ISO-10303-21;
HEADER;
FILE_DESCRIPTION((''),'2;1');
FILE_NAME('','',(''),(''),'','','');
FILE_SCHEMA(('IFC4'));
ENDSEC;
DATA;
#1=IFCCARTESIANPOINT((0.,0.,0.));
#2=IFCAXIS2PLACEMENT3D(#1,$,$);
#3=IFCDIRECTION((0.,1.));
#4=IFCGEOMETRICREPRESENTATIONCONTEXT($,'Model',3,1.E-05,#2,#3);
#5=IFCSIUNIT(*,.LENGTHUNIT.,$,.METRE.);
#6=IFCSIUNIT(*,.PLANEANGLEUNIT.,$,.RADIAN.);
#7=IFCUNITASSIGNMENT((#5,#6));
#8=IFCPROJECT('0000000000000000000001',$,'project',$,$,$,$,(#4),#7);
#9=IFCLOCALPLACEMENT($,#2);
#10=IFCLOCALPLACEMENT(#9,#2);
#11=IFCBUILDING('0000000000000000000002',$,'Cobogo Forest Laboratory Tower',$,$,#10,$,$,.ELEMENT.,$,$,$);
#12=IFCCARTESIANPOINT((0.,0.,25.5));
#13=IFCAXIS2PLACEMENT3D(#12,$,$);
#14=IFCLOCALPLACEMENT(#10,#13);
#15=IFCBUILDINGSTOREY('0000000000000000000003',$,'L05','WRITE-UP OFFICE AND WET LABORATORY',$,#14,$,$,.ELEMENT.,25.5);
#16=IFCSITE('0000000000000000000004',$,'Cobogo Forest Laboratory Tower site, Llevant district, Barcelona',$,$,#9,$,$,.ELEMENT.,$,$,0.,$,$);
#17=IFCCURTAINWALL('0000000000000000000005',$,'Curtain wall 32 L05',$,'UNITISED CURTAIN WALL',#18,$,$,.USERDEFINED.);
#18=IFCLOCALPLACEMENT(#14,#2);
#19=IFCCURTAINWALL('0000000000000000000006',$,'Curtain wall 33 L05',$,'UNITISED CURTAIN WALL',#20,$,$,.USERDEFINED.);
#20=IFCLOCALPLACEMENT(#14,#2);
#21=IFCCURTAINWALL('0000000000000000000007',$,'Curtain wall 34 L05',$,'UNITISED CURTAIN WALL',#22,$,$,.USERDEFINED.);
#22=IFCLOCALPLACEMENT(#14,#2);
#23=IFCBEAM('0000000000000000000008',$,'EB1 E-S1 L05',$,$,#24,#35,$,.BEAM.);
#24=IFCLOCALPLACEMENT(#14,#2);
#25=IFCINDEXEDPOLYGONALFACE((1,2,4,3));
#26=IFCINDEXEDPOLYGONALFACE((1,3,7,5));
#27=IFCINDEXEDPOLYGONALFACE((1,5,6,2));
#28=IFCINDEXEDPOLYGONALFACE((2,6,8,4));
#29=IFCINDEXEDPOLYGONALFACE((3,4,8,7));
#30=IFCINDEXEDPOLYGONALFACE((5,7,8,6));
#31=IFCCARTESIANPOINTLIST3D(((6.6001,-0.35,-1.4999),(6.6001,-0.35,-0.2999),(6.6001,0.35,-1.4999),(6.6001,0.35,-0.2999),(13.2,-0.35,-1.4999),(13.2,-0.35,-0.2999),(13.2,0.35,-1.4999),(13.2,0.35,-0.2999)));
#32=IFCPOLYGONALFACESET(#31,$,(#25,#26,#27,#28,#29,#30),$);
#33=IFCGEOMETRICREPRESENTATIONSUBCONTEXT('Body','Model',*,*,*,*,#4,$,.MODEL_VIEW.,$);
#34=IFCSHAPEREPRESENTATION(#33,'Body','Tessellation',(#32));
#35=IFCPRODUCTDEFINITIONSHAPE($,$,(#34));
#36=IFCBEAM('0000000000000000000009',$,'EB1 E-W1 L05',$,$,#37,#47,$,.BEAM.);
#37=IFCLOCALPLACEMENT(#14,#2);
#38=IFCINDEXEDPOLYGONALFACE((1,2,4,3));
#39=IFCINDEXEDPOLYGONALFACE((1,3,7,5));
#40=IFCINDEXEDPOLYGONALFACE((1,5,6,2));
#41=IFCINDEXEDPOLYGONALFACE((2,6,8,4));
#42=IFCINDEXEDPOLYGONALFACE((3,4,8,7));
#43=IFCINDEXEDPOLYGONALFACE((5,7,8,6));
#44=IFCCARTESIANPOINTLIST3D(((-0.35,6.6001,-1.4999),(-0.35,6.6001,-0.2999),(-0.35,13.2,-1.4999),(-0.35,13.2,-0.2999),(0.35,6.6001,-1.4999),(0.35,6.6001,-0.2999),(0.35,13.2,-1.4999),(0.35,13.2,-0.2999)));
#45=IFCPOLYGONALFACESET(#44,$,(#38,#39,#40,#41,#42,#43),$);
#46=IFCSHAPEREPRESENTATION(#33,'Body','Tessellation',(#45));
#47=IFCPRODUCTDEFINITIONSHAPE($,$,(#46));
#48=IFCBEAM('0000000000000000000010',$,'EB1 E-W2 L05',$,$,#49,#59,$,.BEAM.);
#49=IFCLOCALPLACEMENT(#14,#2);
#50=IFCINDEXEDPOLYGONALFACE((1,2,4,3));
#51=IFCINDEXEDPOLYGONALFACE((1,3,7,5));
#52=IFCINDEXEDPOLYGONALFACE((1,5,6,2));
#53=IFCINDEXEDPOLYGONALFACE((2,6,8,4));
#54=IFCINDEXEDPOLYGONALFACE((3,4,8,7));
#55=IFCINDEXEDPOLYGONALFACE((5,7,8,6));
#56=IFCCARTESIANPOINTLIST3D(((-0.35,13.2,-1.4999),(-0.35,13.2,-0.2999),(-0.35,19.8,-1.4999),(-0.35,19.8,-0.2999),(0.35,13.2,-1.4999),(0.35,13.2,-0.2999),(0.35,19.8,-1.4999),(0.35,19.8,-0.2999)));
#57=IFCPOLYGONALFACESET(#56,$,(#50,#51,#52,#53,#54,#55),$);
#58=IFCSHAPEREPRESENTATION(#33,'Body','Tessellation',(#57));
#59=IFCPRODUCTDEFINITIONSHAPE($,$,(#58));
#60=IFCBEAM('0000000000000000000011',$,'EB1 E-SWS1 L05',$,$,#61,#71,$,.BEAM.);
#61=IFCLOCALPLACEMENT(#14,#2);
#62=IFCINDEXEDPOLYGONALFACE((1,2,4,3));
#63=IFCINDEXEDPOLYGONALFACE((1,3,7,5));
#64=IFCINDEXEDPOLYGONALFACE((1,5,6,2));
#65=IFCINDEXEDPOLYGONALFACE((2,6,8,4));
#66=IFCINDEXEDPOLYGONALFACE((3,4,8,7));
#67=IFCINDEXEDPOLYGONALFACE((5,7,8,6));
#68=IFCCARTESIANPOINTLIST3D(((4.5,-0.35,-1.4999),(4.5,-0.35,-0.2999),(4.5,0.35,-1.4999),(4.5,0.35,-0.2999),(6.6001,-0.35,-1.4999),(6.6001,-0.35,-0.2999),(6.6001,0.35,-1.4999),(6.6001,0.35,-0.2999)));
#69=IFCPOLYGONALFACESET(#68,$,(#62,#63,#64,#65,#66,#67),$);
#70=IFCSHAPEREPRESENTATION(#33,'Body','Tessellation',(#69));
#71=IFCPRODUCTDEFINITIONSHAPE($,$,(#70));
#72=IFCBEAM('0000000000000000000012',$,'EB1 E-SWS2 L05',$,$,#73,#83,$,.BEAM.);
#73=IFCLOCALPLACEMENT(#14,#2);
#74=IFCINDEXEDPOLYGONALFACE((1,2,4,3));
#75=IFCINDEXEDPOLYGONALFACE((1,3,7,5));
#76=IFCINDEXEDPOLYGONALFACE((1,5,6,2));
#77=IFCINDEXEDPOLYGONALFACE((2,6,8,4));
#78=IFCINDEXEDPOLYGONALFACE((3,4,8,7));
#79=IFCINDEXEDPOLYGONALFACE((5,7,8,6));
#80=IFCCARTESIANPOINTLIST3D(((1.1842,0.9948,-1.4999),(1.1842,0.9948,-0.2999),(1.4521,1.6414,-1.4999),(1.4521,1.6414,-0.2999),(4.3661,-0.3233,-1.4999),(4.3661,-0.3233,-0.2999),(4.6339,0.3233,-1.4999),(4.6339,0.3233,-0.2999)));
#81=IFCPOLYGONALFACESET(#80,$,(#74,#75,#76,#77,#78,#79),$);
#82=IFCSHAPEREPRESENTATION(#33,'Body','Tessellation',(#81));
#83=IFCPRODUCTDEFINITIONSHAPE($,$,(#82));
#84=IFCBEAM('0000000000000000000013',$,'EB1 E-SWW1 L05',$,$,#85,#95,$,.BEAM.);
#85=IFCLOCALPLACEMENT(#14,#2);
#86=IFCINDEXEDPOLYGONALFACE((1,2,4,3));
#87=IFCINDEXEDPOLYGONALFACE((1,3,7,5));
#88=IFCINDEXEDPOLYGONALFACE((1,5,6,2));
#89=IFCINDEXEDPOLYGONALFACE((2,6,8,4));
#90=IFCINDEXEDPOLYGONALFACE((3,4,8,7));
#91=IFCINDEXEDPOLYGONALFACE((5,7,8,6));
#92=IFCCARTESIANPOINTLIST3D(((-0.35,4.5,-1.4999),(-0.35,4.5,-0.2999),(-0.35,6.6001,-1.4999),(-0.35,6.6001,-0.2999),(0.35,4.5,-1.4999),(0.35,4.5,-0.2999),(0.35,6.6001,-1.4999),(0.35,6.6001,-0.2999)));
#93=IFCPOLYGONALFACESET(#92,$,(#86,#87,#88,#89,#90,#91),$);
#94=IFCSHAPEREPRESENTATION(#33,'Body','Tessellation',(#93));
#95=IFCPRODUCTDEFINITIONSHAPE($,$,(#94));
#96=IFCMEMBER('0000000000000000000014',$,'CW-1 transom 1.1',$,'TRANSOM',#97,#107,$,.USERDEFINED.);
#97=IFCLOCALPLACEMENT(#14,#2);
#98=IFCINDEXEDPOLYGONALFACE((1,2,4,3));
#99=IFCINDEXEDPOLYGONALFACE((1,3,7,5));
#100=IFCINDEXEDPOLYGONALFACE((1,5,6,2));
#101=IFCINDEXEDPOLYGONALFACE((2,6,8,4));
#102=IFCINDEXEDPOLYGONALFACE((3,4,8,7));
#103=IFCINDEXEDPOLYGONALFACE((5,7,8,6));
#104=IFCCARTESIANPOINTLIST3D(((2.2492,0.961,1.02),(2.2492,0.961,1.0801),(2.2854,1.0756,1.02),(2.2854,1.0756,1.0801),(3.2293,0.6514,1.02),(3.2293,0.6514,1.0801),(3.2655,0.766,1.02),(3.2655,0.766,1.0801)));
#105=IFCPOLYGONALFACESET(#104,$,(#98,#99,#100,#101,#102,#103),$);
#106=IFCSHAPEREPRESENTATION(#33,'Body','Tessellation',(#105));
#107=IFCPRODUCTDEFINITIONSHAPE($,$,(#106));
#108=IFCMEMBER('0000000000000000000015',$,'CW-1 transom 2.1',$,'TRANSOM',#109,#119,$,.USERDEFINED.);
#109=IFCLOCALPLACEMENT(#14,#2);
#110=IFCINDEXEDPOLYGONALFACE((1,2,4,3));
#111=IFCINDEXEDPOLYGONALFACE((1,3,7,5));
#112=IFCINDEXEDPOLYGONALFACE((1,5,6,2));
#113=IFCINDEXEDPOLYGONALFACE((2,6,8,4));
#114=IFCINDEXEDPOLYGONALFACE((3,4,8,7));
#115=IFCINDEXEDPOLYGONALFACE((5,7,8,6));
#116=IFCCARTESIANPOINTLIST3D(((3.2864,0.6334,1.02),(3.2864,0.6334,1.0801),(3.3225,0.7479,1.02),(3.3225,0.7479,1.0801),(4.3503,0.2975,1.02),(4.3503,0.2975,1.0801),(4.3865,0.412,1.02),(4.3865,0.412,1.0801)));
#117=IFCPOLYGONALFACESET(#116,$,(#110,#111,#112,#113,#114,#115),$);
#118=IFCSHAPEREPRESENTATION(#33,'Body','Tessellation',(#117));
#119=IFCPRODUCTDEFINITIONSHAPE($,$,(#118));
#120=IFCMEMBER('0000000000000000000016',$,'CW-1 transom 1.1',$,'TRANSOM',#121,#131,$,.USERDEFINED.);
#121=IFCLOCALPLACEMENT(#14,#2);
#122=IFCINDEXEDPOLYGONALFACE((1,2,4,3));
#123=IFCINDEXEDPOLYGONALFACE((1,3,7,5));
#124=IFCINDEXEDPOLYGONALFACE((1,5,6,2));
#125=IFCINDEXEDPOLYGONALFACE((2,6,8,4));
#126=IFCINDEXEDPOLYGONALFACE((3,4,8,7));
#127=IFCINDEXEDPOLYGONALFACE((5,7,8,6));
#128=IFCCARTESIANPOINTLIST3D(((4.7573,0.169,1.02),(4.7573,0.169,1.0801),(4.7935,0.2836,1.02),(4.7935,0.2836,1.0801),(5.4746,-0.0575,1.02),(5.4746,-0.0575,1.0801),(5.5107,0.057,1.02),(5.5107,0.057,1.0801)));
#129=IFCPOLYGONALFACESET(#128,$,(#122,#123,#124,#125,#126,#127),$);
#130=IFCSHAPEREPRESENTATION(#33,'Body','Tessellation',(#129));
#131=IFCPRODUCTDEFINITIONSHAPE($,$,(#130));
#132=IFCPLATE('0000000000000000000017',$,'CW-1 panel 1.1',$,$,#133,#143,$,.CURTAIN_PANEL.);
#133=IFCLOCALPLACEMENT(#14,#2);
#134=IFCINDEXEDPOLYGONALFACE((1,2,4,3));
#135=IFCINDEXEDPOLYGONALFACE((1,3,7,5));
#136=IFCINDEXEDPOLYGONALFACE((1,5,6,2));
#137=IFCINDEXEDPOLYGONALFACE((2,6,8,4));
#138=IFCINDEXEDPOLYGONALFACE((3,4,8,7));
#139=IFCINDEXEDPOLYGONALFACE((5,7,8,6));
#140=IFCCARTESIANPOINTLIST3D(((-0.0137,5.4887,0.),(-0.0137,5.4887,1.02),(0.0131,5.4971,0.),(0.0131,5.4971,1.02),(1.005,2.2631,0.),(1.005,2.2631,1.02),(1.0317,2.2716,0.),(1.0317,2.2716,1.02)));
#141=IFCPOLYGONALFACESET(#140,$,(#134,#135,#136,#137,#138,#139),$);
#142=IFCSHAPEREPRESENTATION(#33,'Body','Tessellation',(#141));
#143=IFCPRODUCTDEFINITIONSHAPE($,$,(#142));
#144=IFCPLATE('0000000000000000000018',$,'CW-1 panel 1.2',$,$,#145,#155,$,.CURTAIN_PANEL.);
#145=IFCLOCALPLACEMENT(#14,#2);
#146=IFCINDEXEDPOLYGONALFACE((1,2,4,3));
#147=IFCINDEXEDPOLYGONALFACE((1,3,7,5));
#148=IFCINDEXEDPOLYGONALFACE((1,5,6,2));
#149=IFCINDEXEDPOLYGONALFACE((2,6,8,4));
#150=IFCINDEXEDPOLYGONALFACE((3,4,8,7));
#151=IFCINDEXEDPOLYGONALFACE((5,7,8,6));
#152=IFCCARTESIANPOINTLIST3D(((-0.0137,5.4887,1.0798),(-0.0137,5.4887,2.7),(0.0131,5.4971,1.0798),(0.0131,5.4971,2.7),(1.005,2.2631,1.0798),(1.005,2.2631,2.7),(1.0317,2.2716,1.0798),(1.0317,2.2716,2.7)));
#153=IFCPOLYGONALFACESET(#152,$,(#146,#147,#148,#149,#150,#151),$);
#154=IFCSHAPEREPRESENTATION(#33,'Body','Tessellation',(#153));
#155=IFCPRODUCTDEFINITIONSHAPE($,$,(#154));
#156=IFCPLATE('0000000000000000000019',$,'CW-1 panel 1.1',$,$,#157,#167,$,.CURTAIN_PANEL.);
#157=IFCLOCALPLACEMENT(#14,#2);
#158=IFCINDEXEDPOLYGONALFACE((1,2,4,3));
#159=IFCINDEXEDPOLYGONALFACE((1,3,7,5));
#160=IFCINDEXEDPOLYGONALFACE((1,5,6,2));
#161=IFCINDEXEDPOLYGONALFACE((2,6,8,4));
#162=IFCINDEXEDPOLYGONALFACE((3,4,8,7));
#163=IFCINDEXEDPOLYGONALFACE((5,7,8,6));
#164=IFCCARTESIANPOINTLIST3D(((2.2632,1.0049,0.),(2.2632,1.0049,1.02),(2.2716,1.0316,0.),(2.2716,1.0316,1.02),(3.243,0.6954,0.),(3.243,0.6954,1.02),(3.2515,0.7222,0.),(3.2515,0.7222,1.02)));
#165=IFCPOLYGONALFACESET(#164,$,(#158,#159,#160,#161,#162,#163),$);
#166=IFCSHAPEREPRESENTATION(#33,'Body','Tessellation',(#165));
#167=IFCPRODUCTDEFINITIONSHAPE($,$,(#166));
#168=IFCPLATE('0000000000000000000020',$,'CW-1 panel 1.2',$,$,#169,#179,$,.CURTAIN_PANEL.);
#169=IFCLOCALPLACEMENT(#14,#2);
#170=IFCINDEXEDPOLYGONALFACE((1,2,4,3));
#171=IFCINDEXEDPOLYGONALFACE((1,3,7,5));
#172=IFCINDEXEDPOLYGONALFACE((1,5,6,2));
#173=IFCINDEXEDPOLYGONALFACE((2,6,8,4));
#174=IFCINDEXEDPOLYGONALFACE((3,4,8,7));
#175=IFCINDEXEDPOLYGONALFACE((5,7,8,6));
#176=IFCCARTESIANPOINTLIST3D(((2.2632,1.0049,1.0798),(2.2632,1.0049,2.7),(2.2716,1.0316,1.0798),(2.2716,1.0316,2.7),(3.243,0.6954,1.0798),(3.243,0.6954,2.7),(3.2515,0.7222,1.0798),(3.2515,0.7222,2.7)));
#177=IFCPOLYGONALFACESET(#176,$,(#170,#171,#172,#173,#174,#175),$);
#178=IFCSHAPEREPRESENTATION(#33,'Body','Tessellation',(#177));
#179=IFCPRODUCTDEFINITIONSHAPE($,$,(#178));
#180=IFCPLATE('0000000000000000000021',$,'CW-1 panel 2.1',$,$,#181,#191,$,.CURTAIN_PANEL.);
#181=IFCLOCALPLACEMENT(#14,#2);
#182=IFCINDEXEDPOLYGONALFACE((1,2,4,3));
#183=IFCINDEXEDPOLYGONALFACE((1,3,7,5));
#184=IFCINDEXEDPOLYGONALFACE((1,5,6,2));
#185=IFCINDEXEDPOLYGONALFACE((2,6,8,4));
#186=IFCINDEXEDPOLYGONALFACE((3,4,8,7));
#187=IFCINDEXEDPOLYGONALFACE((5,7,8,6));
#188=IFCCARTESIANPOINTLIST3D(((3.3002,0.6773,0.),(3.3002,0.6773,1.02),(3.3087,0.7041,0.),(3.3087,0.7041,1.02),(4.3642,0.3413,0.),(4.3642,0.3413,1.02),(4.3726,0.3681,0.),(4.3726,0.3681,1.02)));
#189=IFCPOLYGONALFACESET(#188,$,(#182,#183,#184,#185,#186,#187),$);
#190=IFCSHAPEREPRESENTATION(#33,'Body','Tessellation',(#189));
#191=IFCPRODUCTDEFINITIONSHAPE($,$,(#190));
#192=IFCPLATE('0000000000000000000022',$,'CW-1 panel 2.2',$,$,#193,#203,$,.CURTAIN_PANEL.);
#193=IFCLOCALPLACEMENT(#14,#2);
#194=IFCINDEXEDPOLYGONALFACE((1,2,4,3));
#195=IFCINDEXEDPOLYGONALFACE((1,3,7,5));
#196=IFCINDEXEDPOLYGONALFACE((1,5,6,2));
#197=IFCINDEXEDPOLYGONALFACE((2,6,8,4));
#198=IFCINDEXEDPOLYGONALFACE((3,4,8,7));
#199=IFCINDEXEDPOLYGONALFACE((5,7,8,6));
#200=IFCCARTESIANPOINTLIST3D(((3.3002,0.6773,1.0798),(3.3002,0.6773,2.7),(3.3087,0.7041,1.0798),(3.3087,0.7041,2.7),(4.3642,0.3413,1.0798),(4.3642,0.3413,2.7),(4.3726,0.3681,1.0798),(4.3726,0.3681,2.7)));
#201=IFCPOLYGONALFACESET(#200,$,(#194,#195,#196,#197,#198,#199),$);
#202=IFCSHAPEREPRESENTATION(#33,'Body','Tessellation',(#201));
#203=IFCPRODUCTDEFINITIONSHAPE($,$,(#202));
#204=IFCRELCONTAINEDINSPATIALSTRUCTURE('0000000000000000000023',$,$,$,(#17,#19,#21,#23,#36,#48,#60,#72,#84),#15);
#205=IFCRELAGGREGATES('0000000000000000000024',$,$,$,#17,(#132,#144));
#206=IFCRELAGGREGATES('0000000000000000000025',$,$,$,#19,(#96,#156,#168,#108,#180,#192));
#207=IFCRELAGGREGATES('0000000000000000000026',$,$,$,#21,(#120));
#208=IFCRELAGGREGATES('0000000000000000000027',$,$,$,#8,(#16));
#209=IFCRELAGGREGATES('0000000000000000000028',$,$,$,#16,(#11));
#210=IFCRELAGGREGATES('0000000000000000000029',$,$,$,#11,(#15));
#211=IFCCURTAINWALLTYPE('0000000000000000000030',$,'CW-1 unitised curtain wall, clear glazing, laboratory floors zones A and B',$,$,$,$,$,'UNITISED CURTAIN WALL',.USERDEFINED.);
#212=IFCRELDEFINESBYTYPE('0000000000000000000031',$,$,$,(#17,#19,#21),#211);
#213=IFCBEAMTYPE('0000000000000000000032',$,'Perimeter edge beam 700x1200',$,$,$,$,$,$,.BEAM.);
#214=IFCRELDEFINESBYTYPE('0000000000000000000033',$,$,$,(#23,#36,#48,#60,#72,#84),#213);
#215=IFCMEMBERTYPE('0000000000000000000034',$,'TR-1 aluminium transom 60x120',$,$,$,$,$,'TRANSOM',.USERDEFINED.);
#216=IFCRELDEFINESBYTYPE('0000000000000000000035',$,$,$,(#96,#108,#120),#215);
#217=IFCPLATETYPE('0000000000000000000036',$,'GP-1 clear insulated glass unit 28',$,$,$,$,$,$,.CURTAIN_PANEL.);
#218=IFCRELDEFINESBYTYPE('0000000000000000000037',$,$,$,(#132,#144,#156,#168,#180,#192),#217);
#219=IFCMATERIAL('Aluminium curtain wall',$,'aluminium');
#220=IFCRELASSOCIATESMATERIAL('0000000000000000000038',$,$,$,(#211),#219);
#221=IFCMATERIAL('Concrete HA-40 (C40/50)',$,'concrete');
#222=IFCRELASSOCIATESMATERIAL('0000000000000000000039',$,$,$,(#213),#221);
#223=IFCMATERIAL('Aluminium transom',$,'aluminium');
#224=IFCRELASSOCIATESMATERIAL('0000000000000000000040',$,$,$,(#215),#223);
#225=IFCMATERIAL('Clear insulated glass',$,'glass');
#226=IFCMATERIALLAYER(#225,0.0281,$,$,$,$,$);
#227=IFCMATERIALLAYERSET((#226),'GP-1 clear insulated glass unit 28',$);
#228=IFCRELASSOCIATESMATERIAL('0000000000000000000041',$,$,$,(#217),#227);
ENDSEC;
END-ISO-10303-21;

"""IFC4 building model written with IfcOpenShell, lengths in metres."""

from ifc_helpers import new_model, si_unit, direction, frame, origin, origin_2d, place, context, subcontext, project, spatial, rectangle, extrude, material, layer, layer_set, material_profile, profile_set, type_object, element, aggregate, save


model = new_model("IFC4")

# Units and contexts
model_context = context("Model", 3, precision=1e-05, world=origin(), true_north=direction((0.0, 1.0)))
body_context = subcontext(model_context, "Body", "Model", "MODEL_VIEW")
ifc_project = project(units=[si_unit("LENGTHUNIT", "METRE"), si_unit("PLANEANGLEUNIT", "RADIAN")], contexts=[model_context])

# Site, building, storey
site_placement = place(None, origin())
site = spatial("IfcSite", under=ifc_project, at=site_placement, Name="Cobogo Forest Laboratory Tower site, Llevant district, Barcelona", CompositionType="ELEMENT", RefElevation=0.0)
building_placement = place(site_placement, origin())
building = spatial("IfcBuilding", under=site, at=building_placement, Name="Cobogo Forest Laboratory Tower", CompositionType="ELEMENT")
storey_placement = place(building_placement, frame((0.0, 0.0, 25.5)))
storey = spatial("IfcBuildingStorey", under=building, at=storey_placement, Name="L05", Description="WRITE-UP OFFICE AND WET LABORATORY", CompositionType="ELEMENT", Elevation=25.5)

# Shared definitions
ifc_material_1 = material(Name="Concrete HA-40 (C40/50)", Category="concrete")

# Curtain wall
ifc_material_2 = material(Name="Aluminium curtain wall", Category="aluminium")
curtain_wall_type = type_object("IfcCurtainWallType", Name="CW-1 unitised curtain wall, clear glazing, laboratory floors zones A and B", ElementType="UNITISED CURTAIN WALL", PredefinedType="USERDEFINED", material=ifc_material_2)
curtain_wall_1_placement = place(storey_placement, origin())
curtain_wall_1 = element("IfcCurtainWall", 1, at=curtain_wall_1_placement, inside=storey, type_object=curtain_wall_type, Name="Curtain wall 32 L05", ObjectType="UNITISED CURTAIN WALL", PredefinedType="USERDEFINED")

# Curtain walls
curtain_wall_2_placement = place(storey_placement, origin())
curtain_wall_2 = element("IfcCurtainWall", 2, at=curtain_wall_2_placement, inside=storey, type_object=curtain_wall_type, Name="Curtain wall 33 L05", ObjectType="UNITISED CURTAIN WALL", PredefinedType="USERDEFINED")
curtain_wall_3_placement = place(storey_placement, origin())
curtain_wall_3 = element("IfcCurtainWall", 3, at=curtain_wall_3_placement, inside=storey, type_object=curtain_wall_type, Name="Curtain wall 34 L05", ObjectType="UNITISED CURTAIN WALL", PredefinedType="USERDEFINED")

# Beams
ifc_material_profile_1 = material_profile(ifc_material_1, rectangle(XDim=0.7, YDim=1.2, at=origin_2d()), Name="RC 700x1200")
ifc_profile_set_1 = profile_set([ifc_material_profile_1], Name="Concrete HA-40 (C40/50)")
beam_type_1 = type_object("IfcBeamType", Name="Perimeter edge beam 700x1200", PredefinedType="BEAM", material=ifc_profile_set_1)
for number, where, z_axis, x_axis, name in (
    (4, (6.6001, 0.0, -0.8999), (1.0, 0.0, 0.0), (0.0, 1.0, 0.0), "EB1 E-S1 L05"),
    (5, (0.0, 6.6001, -0.8999), (0.0, 1.0, 0.0), (-1.0, 0.0, 0.0), "EB1 E-W1 L05"),
):
    element("IfcBeam", number, at=place(storey_placement, frame(where, z_axis=z_axis, x_axis=x_axis)), inside=storey, type_object=beam_type_1, Name=name, PredefinedType="BEAM", context=body_context, shape_type="SweptSolid", body=[
        extrude(rectangle(XDim=0.7, YDim=1.2, at=origin_2d()), origin(), (0.0, 0.0, 1.0), 6.5999),
    ])
beam_1_placement = place(storey_placement, frame((0.0, 13.2, -0.8999), z_axis=(0.0, 1.0, 0.0), x_axis=(-1.0, 0.0, 0.0)))
element("IfcBeam", 6, at=beam_1_placement, inside=storey, type_object=beam_type_1, Name="EB1 E-W2 L05", PredefinedType="BEAM", context=body_context, shape_type="SweptSolid", body=[
    extrude(rectangle(XDim=0.7, YDim=1.2, at=origin_2d()), origin(), (0.0, 0.0, 1.0), 6.6001),
])
beam_2_placement = place(storey_placement, frame((6.6001, 0.0, -0.8999), z_axis=(-1.0, 0.0, 0.0), x_axis=(0.0, -1.0, 0.0)))
element("IfcBeam", 7, at=beam_2_placement, inside=storey, type_object=beam_type_1, Name="EB1 E-SWS1 L05", PredefinedType="BEAM", context=body_context, shape_type="SweptSolid", body=[
    extrude(rectangle(XDim=0.7, YDim=1.2, at=origin_2d()), origin(), (0.0, 0.0, 1.0), 2.1001),
])
beam_3_placement = place(storey_placement, frame((4.5, 0.0, -0.8999), z_axis=(-0.923866, 0.382717, 0.0), x_axis=(-0.382717, -0.923866, 0.0)))
element("IfcBeam", 8, at=beam_3_placement, inside=storey, type_object=beam_type_1, Name="EB1 E-SWS2 L05", PredefinedType="BEAM", context=body_context, shape_type="SweptSolid", body=[
    extrude(rectangle(XDim=0.7, YDim=1.2, at=origin_2d()), origin(), (0.0, 0.0, 1.0), 3.4441),
])
beam_4_placement = place(storey_placement, frame((0.0, 6.6001, -0.8999), z_axis=(0.0, -1.0, 0.0), x_axis=(1.0, 0.0, 0.0)))
element("IfcBeam", 9, at=beam_4_placement, inside=storey, type_object=beam_type_1, Name="EB1 E-SWW1 L05", PredefinedType="BEAM", context=body_context, shape_type="SweptSolid", body=[
    extrude(rectangle(XDim=0.7, YDim=1.2, at=origin_2d()), origin(), (0.0, 0.0, 1.0), 2.1001),
])

# Members
ifc_material_3 = material(Name="Aluminium transom", Category="aluminium")
ifc_material_profile_2 = material_profile(ifc_material_3, rectangle(XDim=0.1201, YDim=0.0601, at=origin_2d()), Name="AL 60x120")
ifc_profile_set_2 = profile_set([ifc_material_profile_2], Name="Aluminium transom")
member_type_1 = type_object("IfcMemberType", Name="TR-1 aluminium transom 60x120", ElementType="TRANSOM", PredefinedType="USERDEFINED", material=ifc_profile_set_2)
member_1_placement = place(storey_placement, frame((2.2673, 1.0183, 1.05), z_axis=(0.953554, -0.301222, 0.0), x_axis=(0.301222, 0.953554, 0.0)))
member_1 = element("IfcMember", 10, at=member_1_placement, type_object=member_type_1, Name="CW-1 transom 1.1", ObjectType="TRANSOM", PredefinedType="USERDEFINED", context=body_context, shape_type="SweptSolid", body=[
    extrude(rectangle(XDim=0.1201, YDim=0.0601, at=origin_2d()), origin(), (0.0, 0.0, 1.0), 1.0278),
])
member_2_placement = place(storey_placement, frame((3.3044, 0.6907, 1.05), z_axis=(0.953596, -0.301089, 0.0), x_axis=(0.301089, 0.953596, 0.0)))
member_2 = element("IfcMember", 11, at=member_2_placement, type_object=member_type_1, Name="CW-1 transom 2.1", ObjectType="TRANSOM", PredefinedType="USERDEFINED", context=body_context, shape_type="SweptSolid", body=[
    extrude(rectangle(XDim=0.1201, YDim=0.0601, at=origin_2d()), origin(), (0.0, 0.0, 1.0), 1.1157),
])
member_3_placement = place(storey_placement, frame((4.7754, 0.2263, 1.05), z_axis=(0.953563, -0.301194, 0.0), x_axis=(0.301194, 0.953563, 0.0)))
member_3 = element("IfcMember", 12, at=member_3_placement, type_object=member_type_1, Name="CW-1 transom 1.1", ObjectType="TRANSOM", PredefinedType="USERDEFINED", context=body_context, shape_type="SweptSolid", body=[
    extrude(rectangle(XDim=0.1201, YDim=0.0601, at=origin_2d()), origin(), (0.0, 0.0, 1.0), 0.7522),
])

# Plates
ifc_material_4 = material(Name="Clear insulated glass", Category="glass")
ifc_layer_1 = layer(ifc_material_4, 0.0281)
ifc_layer_set_1 = layer_set([ifc_layer_1], Name="GP-1 clear insulated glass unit 28")
plate_type = type_object("IfcPlateType", Name="GP-1 clear insulated glass unit 28", PredefinedType="CURTAIN_PANEL", material=ifc_layer_set_1)
plate_1_placement = place(storey_placement, frame((0.509, 3.8801, 0.0), z_axis=(0.0, 0.0, 1.0), x_axis=(0.301135, -0.953581, 0.0)))
plate_1 = element("IfcPlate", 13, at=plate_1_placement, type_object=plate_type, Name="CW-1 panel 1.1", PredefinedType="CURTAIN_PANEL", context=body_context, shape_type="SweptSolid", body=[
    extrude(rectangle(XDim=3.3826, YDim=0.0281, at=origin_2d()), origin(), (0.0, 0.0, 1.0), 1.02),
])
plate_2_placement = place(storey_placement, frame((0.509, 3.8801, 1.0798), z_axis=(0.0, 0.0, 1.0), x_axis=(0.301135, -0.953581, 0.0)))
plate_2 = element("IfcPlate", 14, at=plate_2_placement, type_object=plate_type, Name="CW-1 panel 1.2", PredefinedType="CURTAIN_PANEL", context=body_context, shape_type="SweptSolid", body=[
    extrude(rectangle(XDim=3.3826, YDim=0.0281, at=origin_2d()), origin(), (0.0, 0.0, 1.0), 1.6201),
])
aggregate(curtain_wall_1, [plate_1, plate_2])
plate_3_placement = place(storey_placement, frame((2.7573, 0.8635, 0.0), z_axis=(0.0, 0.0, 1.0), x_axis=(0.953581, -0.301135, 0.0)))
plate_3 = element("IfcPlate", 15, at=plate_3_placement, type_object=plate_type, Name="CW-1 panel 1.1", PredefinedType="CURTAIN_PANEL", context=body_context, shape_type="SweptSolid", body=[
    extrude(rectangle(XDim=1.0276, YDim=0.0281, at=origin_2d()), origin(), (0.0, 0.0, 1.0), 1.02),
])
plate_4_placement = place(storey_placement, frame((2.7573, 0.8635, 1.0798), z_axis=(0.0, 0.0, 1.0), x_axis=(0.953581, -0.301135, 0.0)))
plate_4 = element("IfcPlate", 16, at=plate_4_placement, type_object=plate_type, Name="CW-1 panel 1.2", PredefinedType="CURTAIN_PANEL", context=body_context, shape_type="SweptSolid", body=[
    extrude(rectangle(XDim=1.0276, YDim=0.0281, at=origin_2d()), origin(), (0.0, 0.0, 1.0), 1.6201),
])
plate_5_placement = place(storey_placement, frame((3.8364, 0.5227, 0.0), z_axis=(0.0, 0.0, 1.0), x_axis=(0.953581, -0.301135, 0.0)))
plate_5 = element("IfcPlate", 17, at=plate_5_placement, type_object=plate_type, Name="CW-1 panel 2.1", PredefinedType="CURTAIN_PANEL", context=body_context, shape_type="SweptSolid", body=[
    extrude(rectangle(XDim=1.1157, YDim=0.0281, at=origin_2d()), origin(), (0.0, 0.0, 1.0), 1.02),
])
plate_6_placement = place(storey_placement, frame((3.8364, 0.5227, 1.0798), z_axis=(0.0, 0.0, 1.0), x_axis=(0.953581, -0.301135, 0.0)))
plate_6 = element("IfcPlate", 18, at=plate_6_placement, type_object=plate_type, Name="CW-1 panel 2.2", PredefinedType="CURTAIN_PANEL", context=body_context, shape_type="SweptSolid", body=[
    extrude(rectangle(XDim=1.1157, YDim=0.0281, at=origin_2d()), origin(), (0.0, 0.0, 1.0), 1.6201),
])
aggregate(curtain_wall_2, [member_1, plate_3, plate_4, member_2, plate_5, plate_6])
aggregate(curtain_wall_3, [member_3])

save(model, "model.ifc")
